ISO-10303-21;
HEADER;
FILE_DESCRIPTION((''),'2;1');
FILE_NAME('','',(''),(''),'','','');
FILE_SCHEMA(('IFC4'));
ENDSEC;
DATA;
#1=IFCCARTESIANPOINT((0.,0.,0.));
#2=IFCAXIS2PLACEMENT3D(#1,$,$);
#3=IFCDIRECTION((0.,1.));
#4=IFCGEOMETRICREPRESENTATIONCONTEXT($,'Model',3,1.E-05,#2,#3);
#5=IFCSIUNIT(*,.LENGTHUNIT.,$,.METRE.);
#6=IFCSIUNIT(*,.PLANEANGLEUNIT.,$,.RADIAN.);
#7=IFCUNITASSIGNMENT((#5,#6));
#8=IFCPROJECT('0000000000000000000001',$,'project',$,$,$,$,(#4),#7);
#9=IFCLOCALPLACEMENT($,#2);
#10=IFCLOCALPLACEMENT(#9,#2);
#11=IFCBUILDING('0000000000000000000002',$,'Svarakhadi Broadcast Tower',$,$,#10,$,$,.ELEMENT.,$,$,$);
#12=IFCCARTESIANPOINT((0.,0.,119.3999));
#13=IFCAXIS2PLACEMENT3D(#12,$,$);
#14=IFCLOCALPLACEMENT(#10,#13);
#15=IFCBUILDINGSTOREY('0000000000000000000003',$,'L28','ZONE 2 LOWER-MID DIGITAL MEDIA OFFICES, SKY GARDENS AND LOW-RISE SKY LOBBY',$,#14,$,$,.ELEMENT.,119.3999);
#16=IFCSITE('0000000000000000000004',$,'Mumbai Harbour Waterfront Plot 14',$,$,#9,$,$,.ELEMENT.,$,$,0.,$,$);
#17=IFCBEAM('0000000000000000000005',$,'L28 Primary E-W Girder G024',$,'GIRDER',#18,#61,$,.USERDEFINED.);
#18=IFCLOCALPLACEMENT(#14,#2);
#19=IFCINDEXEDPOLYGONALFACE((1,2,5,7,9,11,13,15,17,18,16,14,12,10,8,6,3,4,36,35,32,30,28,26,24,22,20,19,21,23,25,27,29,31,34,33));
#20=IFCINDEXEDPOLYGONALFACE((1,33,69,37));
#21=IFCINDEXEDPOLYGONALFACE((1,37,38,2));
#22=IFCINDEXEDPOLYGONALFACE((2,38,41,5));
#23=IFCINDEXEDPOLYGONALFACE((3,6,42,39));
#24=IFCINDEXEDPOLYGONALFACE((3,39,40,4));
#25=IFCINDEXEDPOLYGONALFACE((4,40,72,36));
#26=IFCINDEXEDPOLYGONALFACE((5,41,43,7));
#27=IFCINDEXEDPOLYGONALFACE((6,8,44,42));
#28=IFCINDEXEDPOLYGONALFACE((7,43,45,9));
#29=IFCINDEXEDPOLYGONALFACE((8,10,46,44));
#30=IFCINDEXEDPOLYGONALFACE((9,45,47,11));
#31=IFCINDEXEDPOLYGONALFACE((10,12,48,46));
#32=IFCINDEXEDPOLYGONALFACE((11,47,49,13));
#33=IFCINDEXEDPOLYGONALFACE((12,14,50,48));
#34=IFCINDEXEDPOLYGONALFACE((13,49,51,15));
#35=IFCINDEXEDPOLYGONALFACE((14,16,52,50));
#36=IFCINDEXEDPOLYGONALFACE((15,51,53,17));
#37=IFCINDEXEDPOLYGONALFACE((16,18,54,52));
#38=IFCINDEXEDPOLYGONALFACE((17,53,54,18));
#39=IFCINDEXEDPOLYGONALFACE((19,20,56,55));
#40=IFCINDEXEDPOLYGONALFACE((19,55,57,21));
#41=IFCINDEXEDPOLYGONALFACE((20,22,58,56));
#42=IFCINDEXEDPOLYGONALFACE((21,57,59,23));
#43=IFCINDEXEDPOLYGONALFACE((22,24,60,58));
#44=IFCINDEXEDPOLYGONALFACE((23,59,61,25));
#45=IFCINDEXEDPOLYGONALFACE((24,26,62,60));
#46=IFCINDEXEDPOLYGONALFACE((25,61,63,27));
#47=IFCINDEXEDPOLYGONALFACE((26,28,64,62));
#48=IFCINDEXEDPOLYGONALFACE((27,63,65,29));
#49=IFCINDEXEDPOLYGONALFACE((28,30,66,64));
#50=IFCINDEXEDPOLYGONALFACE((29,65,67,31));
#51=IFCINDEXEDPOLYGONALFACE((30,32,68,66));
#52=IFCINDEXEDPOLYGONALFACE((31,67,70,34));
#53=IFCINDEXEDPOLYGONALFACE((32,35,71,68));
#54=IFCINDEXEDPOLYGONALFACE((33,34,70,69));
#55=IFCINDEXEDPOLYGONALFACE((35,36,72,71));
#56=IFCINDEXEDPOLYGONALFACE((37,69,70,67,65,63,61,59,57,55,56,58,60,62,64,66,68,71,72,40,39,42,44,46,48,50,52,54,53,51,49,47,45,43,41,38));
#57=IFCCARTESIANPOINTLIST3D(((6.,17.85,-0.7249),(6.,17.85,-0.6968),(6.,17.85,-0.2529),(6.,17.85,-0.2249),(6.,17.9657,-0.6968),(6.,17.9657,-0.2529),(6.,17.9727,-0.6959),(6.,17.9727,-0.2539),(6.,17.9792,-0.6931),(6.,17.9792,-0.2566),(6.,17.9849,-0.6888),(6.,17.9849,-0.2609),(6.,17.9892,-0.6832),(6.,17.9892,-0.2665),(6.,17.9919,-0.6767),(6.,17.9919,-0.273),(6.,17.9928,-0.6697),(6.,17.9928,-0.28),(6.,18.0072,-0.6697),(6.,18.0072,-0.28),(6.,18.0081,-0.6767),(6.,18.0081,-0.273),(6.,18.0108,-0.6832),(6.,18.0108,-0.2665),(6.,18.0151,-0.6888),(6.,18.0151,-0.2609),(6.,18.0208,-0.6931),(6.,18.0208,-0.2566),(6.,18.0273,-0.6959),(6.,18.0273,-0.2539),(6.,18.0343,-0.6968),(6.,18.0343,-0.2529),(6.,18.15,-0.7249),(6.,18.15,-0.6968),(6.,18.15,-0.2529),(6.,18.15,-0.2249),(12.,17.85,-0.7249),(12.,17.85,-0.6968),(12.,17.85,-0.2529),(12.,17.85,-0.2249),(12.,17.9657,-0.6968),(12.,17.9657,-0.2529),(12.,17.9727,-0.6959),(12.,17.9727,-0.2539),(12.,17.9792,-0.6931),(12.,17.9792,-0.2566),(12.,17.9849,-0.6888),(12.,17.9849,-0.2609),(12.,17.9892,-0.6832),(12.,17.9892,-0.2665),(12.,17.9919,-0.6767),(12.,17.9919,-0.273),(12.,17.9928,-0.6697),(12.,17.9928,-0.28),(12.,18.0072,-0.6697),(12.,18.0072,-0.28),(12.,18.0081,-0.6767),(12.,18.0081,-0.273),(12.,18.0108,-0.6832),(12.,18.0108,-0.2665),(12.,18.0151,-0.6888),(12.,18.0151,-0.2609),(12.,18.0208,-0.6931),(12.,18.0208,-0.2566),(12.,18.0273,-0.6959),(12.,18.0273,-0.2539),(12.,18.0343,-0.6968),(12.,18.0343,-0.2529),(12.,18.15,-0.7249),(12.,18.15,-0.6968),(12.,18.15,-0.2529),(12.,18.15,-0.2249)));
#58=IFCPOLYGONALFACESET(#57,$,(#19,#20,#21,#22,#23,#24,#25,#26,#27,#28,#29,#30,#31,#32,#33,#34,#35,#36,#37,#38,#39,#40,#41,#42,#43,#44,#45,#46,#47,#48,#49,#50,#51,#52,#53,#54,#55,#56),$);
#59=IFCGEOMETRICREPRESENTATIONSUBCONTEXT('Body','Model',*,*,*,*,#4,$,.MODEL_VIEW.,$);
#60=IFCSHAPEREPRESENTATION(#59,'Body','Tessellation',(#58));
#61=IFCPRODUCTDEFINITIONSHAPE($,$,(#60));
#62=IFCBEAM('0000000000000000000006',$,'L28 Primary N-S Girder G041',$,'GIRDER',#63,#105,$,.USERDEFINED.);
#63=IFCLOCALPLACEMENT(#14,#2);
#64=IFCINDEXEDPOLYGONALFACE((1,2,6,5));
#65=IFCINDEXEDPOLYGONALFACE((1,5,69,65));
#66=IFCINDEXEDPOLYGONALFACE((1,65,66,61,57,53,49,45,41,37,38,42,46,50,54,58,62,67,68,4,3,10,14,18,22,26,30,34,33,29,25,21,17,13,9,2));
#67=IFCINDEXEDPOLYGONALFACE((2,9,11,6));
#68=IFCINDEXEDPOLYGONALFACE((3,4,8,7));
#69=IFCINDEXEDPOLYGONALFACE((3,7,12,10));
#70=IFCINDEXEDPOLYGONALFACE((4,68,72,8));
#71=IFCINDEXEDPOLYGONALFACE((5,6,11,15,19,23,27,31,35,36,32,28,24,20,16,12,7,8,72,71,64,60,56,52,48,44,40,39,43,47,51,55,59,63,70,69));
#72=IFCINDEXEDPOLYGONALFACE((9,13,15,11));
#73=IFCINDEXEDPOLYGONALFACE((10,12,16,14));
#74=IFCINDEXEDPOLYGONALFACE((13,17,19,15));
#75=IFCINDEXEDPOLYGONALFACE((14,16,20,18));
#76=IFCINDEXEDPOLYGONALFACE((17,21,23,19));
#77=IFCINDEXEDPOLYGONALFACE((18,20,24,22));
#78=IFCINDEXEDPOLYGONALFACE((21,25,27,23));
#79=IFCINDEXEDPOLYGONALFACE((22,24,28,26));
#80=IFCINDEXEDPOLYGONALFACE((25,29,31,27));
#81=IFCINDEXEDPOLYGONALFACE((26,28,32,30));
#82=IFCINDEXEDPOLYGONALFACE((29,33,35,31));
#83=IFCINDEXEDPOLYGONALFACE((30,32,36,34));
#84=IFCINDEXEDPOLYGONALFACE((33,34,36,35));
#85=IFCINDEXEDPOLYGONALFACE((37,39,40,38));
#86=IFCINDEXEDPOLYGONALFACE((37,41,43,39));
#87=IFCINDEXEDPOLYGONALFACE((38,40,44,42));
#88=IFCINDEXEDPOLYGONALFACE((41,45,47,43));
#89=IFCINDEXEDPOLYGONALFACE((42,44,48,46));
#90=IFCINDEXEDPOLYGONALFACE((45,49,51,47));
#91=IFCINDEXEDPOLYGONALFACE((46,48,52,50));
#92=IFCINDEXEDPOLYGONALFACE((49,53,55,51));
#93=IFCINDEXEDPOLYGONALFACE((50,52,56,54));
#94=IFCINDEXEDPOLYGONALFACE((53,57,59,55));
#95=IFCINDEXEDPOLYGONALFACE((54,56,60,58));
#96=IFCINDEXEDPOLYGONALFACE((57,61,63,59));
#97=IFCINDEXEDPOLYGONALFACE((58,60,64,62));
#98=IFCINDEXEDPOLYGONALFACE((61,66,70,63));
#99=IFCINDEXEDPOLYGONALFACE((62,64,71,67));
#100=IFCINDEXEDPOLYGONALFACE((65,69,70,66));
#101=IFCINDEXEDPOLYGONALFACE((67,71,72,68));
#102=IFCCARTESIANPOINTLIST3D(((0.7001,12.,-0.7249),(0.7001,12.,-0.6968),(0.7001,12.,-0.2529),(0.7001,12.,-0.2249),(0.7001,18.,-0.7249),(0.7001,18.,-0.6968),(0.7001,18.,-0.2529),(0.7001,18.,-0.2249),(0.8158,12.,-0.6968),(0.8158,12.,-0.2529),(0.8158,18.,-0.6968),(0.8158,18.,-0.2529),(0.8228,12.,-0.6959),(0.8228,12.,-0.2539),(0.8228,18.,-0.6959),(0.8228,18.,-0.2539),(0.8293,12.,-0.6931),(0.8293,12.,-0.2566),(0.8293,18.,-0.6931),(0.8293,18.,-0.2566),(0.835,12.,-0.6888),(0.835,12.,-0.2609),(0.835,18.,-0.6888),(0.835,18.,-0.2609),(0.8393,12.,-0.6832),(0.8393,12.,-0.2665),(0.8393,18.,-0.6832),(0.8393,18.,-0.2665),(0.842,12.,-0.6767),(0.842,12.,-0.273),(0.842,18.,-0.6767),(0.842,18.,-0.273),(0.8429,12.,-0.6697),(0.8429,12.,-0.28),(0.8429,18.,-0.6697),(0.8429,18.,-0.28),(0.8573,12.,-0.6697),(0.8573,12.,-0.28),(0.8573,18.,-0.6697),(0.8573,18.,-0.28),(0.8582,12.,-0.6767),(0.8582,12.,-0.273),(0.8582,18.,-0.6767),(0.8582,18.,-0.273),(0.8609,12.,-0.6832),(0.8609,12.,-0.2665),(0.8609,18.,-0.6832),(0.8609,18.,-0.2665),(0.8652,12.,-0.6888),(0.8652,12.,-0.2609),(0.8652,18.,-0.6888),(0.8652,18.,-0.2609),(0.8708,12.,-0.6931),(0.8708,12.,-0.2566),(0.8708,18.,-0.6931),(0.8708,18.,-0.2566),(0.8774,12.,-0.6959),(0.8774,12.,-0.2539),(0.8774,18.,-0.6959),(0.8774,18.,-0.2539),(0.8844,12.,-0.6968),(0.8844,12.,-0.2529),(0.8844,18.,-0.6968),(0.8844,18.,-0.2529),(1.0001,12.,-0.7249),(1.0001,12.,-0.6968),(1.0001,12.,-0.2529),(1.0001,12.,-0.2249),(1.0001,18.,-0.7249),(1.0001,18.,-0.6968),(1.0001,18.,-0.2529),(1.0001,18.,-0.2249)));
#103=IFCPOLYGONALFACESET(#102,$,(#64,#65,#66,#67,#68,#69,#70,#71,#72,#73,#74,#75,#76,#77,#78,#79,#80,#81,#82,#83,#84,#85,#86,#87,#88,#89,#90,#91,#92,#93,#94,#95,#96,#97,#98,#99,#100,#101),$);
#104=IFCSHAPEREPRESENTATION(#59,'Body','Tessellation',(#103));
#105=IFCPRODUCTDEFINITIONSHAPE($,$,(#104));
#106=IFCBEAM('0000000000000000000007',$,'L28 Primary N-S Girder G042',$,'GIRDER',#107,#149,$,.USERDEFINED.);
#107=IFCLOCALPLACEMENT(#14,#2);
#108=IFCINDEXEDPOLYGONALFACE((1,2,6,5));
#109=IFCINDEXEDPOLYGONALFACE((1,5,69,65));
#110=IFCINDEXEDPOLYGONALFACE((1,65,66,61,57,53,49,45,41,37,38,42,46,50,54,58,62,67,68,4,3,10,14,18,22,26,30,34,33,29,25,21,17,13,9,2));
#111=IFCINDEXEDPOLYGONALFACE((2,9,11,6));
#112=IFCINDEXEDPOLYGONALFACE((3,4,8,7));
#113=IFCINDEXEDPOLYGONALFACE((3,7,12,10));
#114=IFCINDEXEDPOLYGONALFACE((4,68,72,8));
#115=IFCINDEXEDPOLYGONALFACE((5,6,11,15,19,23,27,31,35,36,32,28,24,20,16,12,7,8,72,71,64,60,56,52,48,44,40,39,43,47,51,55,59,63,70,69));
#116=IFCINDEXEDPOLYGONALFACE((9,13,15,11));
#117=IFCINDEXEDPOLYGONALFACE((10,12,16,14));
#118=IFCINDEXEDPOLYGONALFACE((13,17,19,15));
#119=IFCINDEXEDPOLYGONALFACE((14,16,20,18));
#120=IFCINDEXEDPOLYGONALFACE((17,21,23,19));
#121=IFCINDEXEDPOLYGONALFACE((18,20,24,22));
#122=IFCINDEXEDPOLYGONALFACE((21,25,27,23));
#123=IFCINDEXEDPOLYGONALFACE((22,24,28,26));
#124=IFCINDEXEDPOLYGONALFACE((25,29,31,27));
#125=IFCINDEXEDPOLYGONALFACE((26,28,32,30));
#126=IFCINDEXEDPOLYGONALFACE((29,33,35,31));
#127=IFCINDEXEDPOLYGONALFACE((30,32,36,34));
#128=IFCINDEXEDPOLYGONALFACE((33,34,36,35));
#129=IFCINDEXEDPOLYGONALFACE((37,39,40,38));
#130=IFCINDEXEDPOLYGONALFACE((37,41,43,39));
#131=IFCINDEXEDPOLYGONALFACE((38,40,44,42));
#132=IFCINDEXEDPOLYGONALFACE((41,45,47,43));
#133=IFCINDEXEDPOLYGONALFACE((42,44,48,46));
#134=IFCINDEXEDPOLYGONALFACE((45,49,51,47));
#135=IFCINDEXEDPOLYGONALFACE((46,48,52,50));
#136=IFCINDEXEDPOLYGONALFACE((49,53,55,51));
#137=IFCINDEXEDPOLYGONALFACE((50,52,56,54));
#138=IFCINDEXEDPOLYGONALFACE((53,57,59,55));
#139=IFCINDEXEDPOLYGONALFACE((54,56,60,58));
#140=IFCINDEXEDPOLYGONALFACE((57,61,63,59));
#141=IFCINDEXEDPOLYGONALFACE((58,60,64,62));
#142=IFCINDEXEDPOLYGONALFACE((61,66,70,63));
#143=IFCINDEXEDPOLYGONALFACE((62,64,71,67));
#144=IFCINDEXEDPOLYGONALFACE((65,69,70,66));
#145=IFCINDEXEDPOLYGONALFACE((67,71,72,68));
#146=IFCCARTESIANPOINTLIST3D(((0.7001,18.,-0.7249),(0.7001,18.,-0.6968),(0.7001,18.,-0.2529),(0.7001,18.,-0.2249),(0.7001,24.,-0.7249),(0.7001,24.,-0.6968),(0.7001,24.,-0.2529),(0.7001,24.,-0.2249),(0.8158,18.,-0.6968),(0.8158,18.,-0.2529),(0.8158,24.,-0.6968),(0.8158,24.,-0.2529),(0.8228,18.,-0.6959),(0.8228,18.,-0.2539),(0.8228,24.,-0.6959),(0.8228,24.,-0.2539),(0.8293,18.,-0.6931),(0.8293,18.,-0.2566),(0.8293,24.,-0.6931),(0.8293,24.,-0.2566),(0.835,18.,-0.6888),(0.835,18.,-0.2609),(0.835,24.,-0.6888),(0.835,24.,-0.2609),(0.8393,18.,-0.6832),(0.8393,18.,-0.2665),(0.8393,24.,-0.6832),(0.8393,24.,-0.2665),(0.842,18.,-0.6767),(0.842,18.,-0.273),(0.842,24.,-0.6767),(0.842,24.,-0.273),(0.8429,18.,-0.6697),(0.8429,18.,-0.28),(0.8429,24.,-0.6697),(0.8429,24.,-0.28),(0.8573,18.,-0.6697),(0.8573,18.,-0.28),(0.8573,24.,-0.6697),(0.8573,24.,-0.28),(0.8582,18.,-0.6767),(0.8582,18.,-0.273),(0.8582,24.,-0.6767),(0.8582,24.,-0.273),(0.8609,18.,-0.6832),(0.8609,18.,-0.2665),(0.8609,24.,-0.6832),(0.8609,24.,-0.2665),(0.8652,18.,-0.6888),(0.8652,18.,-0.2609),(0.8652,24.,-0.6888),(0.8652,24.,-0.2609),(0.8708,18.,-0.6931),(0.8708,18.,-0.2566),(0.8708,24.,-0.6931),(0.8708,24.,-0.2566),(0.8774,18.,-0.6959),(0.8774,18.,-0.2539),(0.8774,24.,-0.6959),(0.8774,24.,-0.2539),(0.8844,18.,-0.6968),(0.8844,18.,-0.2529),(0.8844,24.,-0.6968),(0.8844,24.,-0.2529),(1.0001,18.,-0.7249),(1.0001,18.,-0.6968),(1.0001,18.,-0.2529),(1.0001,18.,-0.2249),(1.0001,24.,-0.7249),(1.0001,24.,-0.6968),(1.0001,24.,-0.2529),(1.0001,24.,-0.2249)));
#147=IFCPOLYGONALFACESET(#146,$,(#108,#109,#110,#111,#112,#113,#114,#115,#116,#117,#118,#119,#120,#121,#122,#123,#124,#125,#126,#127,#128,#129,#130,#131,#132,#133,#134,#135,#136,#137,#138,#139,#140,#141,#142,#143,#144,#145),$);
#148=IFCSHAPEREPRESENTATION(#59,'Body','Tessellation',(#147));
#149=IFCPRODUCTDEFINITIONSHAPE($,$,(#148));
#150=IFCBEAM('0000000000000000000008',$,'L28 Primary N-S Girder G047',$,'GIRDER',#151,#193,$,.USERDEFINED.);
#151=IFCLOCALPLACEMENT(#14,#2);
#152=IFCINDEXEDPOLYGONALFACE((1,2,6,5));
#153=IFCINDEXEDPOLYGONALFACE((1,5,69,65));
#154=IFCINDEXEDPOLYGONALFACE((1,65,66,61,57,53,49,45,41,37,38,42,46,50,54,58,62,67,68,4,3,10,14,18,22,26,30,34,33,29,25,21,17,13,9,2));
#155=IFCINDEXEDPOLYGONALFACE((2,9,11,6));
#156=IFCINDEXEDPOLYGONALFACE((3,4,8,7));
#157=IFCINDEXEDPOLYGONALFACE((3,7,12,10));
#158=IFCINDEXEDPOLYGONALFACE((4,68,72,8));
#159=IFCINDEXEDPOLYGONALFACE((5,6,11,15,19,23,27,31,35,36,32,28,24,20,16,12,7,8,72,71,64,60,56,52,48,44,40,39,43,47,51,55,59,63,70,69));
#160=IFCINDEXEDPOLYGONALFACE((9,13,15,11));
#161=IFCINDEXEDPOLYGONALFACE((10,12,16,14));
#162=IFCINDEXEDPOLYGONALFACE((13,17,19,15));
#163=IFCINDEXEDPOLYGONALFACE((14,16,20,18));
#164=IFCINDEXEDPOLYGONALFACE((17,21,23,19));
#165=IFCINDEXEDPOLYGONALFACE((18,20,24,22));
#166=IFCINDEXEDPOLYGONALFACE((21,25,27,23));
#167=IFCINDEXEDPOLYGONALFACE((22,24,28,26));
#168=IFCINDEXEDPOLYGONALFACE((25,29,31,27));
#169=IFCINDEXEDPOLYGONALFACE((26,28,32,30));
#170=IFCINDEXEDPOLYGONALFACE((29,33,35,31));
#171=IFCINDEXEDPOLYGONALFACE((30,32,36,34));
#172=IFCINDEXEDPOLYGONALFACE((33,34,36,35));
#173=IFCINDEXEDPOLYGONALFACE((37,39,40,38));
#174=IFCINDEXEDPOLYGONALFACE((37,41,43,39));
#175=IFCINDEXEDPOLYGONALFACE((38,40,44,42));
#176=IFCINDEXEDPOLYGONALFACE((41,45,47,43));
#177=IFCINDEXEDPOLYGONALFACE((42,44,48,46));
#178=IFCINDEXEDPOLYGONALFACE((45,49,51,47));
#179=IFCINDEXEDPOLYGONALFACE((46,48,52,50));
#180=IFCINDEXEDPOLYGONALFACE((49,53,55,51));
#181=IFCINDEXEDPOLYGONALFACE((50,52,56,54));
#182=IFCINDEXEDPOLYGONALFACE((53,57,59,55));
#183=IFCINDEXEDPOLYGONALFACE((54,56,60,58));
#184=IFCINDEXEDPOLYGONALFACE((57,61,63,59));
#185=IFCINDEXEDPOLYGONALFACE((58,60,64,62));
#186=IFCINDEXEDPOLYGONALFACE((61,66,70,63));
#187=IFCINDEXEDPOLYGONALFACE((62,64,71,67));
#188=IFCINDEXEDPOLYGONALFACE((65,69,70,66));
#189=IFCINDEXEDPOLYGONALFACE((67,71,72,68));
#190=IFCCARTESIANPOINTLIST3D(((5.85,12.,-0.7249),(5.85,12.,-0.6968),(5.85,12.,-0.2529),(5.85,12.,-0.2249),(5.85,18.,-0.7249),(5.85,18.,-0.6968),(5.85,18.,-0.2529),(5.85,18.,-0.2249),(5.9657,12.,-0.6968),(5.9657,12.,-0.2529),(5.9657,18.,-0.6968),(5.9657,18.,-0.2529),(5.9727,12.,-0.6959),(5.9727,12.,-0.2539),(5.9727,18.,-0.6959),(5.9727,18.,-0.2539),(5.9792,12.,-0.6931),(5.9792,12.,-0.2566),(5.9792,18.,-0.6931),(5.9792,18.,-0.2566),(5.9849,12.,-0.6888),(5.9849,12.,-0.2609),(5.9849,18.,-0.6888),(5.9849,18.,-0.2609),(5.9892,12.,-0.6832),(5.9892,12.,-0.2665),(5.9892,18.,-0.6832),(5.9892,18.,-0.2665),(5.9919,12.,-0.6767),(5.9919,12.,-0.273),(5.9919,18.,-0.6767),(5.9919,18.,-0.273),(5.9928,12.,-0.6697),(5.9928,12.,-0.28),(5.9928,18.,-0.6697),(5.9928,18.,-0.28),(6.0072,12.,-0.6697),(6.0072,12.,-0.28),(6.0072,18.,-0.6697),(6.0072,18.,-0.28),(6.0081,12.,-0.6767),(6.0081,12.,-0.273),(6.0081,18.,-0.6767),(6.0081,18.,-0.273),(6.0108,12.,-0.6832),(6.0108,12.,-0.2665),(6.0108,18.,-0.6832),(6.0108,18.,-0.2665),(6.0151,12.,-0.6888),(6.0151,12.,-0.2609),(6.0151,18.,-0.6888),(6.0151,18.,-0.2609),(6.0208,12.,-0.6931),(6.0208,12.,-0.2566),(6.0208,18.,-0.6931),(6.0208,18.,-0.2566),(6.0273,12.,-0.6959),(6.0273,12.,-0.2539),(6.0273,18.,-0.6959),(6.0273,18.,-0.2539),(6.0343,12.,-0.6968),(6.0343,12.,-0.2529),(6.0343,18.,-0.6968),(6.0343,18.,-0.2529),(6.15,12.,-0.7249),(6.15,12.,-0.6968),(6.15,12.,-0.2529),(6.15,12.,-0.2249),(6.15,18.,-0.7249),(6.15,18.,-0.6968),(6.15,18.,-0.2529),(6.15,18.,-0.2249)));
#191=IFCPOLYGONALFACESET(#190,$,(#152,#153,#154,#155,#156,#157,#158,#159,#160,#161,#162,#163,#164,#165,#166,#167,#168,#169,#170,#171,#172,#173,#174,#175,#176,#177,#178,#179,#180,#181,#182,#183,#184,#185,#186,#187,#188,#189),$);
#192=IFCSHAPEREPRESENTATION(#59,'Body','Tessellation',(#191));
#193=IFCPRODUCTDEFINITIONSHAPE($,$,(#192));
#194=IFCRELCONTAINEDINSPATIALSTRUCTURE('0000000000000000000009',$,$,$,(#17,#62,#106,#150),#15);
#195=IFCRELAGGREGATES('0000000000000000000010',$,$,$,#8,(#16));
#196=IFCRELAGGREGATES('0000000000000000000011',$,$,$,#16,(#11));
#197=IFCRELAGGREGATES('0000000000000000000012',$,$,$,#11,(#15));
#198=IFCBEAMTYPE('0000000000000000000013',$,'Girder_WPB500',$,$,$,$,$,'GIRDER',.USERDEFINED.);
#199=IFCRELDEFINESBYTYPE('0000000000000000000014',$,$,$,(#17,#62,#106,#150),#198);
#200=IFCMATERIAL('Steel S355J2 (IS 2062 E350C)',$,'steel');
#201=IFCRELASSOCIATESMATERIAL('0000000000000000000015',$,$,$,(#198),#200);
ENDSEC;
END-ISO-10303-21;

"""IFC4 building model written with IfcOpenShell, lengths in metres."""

from ifc_helpers import new_model, si_unit, direction, frame, origin, origin_2d, place, context, subcontext, project, spatial, i_section, extrude, material, material_profile, profile_set, type_object, element, save


model = new_model("IFC4")

# Units and contexts
model_context = context("Model", 3, precision=1e-05, world=origin(), true_north=direction((0.0, 1.0)))
body_context = subcontext(model_context, "Body", "Model", "MODEL_VIEW")
ifc_project = project(units=[si_unit("LENGTHUNIT", "METRE"), si_unit("PLANEANGLEUNIT", "RADIAN")], contexts=[model_context])

# Site, building, storey
site_placement = place(None, origin())
site = spatial("IfcSite", under=ifc_project, at=site_placement, Name="Mumbai Harbour Waterfront Plot 14", CompositionType="ELEMENT", RefElevation=0.0)
building_placement = place(site_placement, origin())
building = spatial("IfcBuilding", under=site, at=building_placement, Name="Svarakhadi Broadcast Tower", CompositionType="ELEMENT")
storey_placement = place(building_placement, frame((0.0, 0.0, 119.3999)))
storey = spatial("IfcBuildingStorey", under=building, at=storey_placement, Name="L28", Description="ZONE 2 LOWER-MID DIGITAL MEDIA OFFICES, SKY GARDENS AND LOW-RISE SKY LOBBY", CompositionType="ELEMENT", Elevation=119.3999)

# Shared definitions
ifc_material_1 = material(Name="Steel S355J2 (IS 2062 E350C)", Category="steel")

# Beams
ifc_material_profile_1 = material_profile(ifc_material_1, i_section(OverallWidth=0.3, OverallDepth=0.5, WebThickness=0.0144, FlangeThickness=0.0281, FilletRadius=0.0271, at=origin_2d()), Name="WPB 500x300x187")
ifc_profile_set_1 = profile_set([ifc_material_profile_1], Name="Steel S355J2 (IS 2062 E350C)")
beam_type_1 = type_object("IfcBeamType", Name="Girder_WPB500", ElementType="GIRDER", PredefinedType="USERDEFINED", material=ifc_profile_set_1)
for number, where, z_axis, x_axis, name in (
    (1, (6.0, 18.0, -0.4749), (1.0, 0.0, 0.0), (0.0, 1.0, 0.0), "L28 Primary E-W Girder G024"),
    (2, (0.8501, 12.0, -0.4749), (0.0, 1.0, 0.0), (-1.0, 0.0, 0.0), "L28 Primary N-S Girder G041"),
    (3, (0.8501, 18.0, -0.4749), (0.0, 1.0, 0.0), (-1.0, 0.0, 0.0), "L28 Primary N-S Girder G042"),
    (4, (6.0, 12.0, -0.4749), (0.0, 1.0, 0.0), (-1.0, 0.0, 0.0), "L28 Primary N-S Girder G047"),
):
    element("IfcBeam", number, at=place(storey_placement, frame(where, z_axis=z_axis, x_axis=x_axis)), inside=storey, type_object=beam_type_1, Name=name, ObjectType="GIRDER", PredefinedType="USERDEFINED", context=body_context, shape_type="SweptSolid", body=[
        extrude(i_section(OverallWidth=0.3, OverallDepth=0.5, WebThickness=0.0144, FlangeThickness=0.0281, FilletRadius=0.0271, at=origin_2d()), origin(), (0.0, 0.0, 1.0), 6.0),
    ])

save(model, "model.ifc")
